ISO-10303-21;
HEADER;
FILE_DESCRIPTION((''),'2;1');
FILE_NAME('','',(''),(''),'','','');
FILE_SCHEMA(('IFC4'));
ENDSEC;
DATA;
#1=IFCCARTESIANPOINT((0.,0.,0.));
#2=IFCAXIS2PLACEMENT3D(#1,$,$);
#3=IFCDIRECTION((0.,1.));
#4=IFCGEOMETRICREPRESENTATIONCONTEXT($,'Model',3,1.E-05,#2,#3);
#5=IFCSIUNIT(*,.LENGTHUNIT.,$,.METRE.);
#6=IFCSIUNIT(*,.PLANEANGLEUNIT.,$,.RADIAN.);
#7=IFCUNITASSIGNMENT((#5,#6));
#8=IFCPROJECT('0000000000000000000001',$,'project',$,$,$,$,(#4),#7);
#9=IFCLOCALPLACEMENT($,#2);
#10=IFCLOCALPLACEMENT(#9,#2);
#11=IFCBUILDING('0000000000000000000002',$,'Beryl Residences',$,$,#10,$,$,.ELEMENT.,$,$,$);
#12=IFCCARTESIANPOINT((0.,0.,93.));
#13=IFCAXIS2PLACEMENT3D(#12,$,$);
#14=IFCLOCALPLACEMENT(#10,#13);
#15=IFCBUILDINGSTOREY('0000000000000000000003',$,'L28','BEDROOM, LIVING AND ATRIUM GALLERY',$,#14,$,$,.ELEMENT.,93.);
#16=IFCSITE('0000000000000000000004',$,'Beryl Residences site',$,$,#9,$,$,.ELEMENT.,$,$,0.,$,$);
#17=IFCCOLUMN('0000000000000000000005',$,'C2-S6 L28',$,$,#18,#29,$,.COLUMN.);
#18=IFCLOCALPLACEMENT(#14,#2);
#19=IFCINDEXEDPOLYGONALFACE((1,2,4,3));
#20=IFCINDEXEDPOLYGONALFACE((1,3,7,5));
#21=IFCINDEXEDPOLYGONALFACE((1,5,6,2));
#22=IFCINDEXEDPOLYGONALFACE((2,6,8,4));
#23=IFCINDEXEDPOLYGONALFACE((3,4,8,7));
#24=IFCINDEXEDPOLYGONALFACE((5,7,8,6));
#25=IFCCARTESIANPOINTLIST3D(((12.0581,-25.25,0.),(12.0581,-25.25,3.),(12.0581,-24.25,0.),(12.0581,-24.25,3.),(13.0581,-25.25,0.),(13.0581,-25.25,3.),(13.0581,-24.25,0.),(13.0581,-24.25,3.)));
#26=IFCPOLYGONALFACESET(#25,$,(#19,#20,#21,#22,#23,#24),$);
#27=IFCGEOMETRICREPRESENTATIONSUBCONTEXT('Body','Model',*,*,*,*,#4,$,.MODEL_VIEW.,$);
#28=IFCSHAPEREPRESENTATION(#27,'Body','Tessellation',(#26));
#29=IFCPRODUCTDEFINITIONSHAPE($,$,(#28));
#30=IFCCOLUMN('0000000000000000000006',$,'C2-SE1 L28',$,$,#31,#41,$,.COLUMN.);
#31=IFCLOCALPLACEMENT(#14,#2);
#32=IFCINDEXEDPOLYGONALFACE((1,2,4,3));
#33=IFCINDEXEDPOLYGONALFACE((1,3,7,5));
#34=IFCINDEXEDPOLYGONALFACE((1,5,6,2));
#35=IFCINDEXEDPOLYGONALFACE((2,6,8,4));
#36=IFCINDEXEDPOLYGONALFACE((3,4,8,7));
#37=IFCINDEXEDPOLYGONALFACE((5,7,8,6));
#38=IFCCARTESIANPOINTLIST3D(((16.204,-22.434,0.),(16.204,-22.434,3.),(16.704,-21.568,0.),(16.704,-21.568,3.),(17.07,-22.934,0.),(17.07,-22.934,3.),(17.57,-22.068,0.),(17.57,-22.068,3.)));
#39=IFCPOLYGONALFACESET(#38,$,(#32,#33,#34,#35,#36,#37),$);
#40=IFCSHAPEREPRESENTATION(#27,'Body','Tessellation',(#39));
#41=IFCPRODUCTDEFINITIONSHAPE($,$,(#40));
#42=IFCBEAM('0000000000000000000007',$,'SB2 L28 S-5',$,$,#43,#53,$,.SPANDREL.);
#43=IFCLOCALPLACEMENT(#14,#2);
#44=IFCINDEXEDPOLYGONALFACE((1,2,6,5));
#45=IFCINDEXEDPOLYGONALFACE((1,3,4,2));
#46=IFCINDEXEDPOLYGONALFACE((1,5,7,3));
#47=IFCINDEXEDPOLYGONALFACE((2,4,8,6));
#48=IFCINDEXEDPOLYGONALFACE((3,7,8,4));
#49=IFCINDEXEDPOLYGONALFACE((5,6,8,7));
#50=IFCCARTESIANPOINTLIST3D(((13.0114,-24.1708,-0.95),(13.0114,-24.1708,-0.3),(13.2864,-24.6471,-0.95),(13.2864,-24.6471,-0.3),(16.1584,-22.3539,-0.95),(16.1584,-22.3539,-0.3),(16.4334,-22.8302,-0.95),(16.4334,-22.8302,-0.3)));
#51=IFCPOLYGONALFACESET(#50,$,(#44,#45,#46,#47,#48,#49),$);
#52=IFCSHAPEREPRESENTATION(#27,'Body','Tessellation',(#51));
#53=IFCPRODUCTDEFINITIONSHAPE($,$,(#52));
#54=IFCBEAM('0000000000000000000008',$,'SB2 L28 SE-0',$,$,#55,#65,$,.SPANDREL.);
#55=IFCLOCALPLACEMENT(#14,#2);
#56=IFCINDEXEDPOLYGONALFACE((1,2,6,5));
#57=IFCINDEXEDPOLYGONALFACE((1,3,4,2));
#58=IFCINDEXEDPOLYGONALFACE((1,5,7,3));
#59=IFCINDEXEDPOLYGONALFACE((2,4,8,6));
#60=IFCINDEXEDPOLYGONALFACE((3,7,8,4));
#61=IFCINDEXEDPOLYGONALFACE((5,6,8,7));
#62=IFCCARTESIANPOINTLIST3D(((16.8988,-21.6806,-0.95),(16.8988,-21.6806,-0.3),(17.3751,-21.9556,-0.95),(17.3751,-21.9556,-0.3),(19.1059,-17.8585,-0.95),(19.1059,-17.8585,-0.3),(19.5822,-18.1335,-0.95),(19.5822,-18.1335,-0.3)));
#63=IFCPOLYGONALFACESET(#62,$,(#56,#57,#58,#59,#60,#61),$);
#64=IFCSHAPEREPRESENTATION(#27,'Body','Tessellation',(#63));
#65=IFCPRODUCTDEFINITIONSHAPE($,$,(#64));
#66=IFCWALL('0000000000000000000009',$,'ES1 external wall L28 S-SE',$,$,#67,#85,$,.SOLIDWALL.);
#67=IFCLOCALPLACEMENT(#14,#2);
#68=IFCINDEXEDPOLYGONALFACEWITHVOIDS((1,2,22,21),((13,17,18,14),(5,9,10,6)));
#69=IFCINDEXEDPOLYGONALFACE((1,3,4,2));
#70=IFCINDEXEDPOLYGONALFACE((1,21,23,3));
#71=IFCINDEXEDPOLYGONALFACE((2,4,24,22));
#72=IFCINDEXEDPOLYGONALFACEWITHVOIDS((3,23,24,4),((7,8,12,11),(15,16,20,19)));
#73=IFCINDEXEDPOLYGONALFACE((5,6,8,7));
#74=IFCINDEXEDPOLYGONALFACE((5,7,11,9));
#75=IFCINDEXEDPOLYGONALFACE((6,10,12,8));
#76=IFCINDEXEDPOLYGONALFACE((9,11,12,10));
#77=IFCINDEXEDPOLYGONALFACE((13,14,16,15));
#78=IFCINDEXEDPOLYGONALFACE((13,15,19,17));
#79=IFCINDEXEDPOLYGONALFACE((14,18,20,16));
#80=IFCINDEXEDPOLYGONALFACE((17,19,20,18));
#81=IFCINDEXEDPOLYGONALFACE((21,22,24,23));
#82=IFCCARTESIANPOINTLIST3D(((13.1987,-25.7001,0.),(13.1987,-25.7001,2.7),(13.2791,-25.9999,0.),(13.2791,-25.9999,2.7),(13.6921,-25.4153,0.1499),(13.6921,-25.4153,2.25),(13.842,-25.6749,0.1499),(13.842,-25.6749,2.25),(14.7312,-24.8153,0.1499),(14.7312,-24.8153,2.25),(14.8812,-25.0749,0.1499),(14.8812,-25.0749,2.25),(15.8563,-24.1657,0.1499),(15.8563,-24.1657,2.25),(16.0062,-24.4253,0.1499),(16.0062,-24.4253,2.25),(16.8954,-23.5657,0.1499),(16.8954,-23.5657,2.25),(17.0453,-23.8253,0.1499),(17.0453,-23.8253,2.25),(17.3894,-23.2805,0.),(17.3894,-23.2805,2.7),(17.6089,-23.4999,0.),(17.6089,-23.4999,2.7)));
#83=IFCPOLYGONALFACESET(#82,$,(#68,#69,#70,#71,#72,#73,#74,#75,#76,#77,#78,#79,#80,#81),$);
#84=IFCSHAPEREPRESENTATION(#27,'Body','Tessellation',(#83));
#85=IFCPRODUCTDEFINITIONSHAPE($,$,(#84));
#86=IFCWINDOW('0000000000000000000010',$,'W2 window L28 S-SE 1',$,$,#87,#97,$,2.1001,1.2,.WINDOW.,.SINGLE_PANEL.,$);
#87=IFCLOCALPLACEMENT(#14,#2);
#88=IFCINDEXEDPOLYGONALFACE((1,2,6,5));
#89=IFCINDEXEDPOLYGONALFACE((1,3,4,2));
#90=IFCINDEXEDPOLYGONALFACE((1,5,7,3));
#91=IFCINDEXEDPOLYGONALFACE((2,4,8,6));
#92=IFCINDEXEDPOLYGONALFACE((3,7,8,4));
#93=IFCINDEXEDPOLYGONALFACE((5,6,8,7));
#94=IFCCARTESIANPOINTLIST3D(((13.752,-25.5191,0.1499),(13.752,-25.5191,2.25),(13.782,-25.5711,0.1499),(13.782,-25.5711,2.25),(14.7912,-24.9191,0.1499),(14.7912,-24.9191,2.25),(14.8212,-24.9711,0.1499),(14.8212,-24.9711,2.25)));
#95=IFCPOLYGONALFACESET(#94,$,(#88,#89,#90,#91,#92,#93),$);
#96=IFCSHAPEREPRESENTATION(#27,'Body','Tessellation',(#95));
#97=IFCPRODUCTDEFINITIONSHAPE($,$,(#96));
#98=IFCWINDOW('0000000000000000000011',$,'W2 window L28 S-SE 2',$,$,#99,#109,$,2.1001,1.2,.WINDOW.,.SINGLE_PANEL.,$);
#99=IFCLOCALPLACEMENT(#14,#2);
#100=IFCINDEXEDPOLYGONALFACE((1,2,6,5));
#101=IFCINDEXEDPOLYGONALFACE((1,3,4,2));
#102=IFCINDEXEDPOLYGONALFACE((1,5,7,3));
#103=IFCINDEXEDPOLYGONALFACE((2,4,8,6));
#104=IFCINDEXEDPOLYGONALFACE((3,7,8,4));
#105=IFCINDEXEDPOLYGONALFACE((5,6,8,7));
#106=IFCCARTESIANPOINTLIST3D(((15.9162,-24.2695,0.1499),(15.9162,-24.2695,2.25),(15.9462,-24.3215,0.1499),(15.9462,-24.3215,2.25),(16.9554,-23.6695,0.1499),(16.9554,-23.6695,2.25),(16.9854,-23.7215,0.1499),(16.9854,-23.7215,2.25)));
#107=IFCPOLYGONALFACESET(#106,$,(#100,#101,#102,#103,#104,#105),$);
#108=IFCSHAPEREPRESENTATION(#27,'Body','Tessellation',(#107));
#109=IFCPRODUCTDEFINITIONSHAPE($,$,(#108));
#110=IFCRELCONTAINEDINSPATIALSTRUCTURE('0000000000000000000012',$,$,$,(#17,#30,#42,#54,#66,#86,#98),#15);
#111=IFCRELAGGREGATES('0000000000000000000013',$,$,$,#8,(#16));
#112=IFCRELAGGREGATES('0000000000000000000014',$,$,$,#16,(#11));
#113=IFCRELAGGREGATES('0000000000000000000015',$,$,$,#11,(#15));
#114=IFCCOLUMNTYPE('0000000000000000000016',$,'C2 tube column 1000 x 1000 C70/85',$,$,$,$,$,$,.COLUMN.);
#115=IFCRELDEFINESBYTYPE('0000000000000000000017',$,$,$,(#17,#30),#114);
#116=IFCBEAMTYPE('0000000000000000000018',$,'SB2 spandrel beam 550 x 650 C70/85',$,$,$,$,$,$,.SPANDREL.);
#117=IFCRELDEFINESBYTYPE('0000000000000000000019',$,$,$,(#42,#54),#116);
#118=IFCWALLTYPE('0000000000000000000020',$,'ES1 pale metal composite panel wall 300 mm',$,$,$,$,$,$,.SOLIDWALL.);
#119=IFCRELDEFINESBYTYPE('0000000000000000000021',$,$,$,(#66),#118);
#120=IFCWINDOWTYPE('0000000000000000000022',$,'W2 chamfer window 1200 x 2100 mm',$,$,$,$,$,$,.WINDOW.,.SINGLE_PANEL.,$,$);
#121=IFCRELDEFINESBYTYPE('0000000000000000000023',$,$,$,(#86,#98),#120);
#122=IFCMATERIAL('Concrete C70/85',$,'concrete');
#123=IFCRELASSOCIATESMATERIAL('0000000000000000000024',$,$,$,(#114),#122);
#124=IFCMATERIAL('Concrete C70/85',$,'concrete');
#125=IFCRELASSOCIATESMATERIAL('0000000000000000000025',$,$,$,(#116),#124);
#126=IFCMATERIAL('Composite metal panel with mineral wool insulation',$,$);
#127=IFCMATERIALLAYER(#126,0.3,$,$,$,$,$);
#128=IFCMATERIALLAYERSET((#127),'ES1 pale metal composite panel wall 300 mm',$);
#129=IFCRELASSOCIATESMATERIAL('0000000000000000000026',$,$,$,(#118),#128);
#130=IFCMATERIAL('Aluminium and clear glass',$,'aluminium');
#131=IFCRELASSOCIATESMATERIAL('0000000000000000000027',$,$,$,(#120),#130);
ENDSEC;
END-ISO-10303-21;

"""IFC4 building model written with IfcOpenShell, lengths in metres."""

from ifc_helpers import new_model, si_unit, direction, frame, frame_2d, origin, origin_2d, place, context, subcontext, project, spatial, polyline, rectangle, outline, extrude, material, layer, layer_set, material_profile, profile_set, type_object, element, fill, save


model = new_model("IFC4")

# Units and contexts
model_context = context("Model", 3, precision=1e-05, world=origin(), true_north=direction((0.0, 1.0)))
body_context = subcontext(model_context, "Body", "Model", "MODEL_VIEW")
ifc_project = project(units=[si_unit("LENGTHUNIT", "METRE"), si_unit("PLANEANGLEUNIT", "RADIAN")], contexts=[model_context])

# Site, building, storey
site_placement = place(None, origin())
site = spatial("IfcSite", under=ifc_project, at=site_placement, Name="Beryl Residences site", CompositionType="ELEMENT", RefElevation=0.0)
building_placement = place(site_placement, origin())
building = spatial("IfcBuilding", under=site, at=building_placement, Name="Beryl Residences", CompositionType="ELEMENT")
storey_placement = place(building_placement, frame((0.0, 0.0, 93.0)))
storey = spatial("IfcBuildingStorey", under=building, at=storey_placement, Name="L28", Description="BEDROOM, LIVING AND ATRIUM GALLERY", CompositionType="ELEMENT", Elevation=93.0)

# Columns
ifc_material_1 = material(Name="Concrete C70/85", Category="concrete")
ifc_material_profile_1 = material_profile(ifc_material_1, rectangle(XDim=1.0, YDim=1.0, at=origin_2d()))
ifc_profile_set_1 = profile_set([ifc_material_profile_1], Name="Concrete C70/85")
column_type = type_object("IfcColumnType", Name="C2 tube column 1000 x 1000 C70/85", PredefinedType="COLUMN", material=ifc_profile_set_1)
for number, where, z_axis, x_axis, name in (
    (1, (12.5581, -24.75, 0.0), (0.0, 0.0, 1.0), (1.0, 0.0, 0.0), "C2-S6 L28"),
    (2, (16.887, -22.251, 0.0), (0.0, 0.0, 1.0), (0.5, 0.866025, 0.0), "C2-SE1 L28"),
):
    element("IfcColumn", number, at=place(storey_placement, frame(where, z_axis=z_axis, x_axis=x_axis)), inside=storey, type_object=column_type, Name=name, PredefinedType="COLUMN", context=body_context, shape_type="SweptSolid", body=[
        extrude(rectangle(XDim=1.0, YDim=1.0, at=origin_2d()), origin(), (0.0, 0.0, 1.0), 3.0),
    ])

# Beams
ifc_material_2 = material(Name="Concrete C70/85", Category="concrete")
ifc_material_profile_2 = material_profile(ifc_material_2, rectangle(XDim=0.55, YDim=0.6499, at=origin_2d()))
ifc_profile_set_2 = profile_set([ifc_material_profile_2], Name="Concrete C70/85")
beam_type = type_object("IfcBeamType", Name="SB2 spandrel beam 550 x 650 C70/85", PredefinedType="SPANDREL", material=ifc_profile_set_2)
beam_1_placement = place(storey_placement, frame((13.1489, -24.4089, -0.625), z_axis=(0.866027, 0.499998, 0.0), x_axis=(-0.499998, 0.866027, 0.0)))
element("IfcBeam", 3, at=beam_1_placement, inside=storey, type_object=beam_type, Name="SB2 L28 S-5", PredefinedType="SPANDREL", context=body_context, shape_type="SweptSolid", body=[
    extrude(rectangle(XDim=0.55, YDim=0.6499, at=origin_2d()), origin(), (0.0, 0.0, 1.0), 3.6338),
])
beam_2_placement = place(storey_placement, frame((17.137, -21.8181, -0.625), z_axis=(0.500066, 0.865988, 0.0), x_axis=(-0.865988, 0.500066, 0.0)))
element("IfcBeam", 4, at=beam_2_placement, inside=storey, type_object=beam_type, Name="SB2 L28 SE-0", PredefinedType="SPANDREL", context=body_context, shape_type="SweptSolid", body=[
    extrude(rectangle(XDim=0.55, YDim=0.6499, at=origin_2d()), origin(), (0.0, 0.0, 1.0), 4.4136),
])

# Wall, openings, windows
ifc_material_3 = material(Name="Composite metal panel with mineral wool insulation")
ifc_layer_1 = layer(ifc_material_3, 0.3)
ifc_layer_set_1 = layer_set([ifc_layer_1], Name="ES1 pale metal composite panel wall 300 mm")
wall_type_1 = type_object("IfcWallType", Name="ES1 pale metal composite panel wall 300 mm", PredefinedType="SOLIDWALL", material=ifc_layer_set_1)
wall_1_placement = place(storey_placement, frame((13.2041, -25.8701, 0.0), z_axis=(0.0, 0.0, 1.0), x_axis=(0.866011, 0.500025, 0.0)))
wall_1 = element("IfcWall", 5, at=wall_1_placement, inside=storey, type_object=wall_type_1, Name="ES1 external wall L28 S-SE", PredefinedType="SOLIDWALL", context=body_context, shape_type="SweptSolid", body=[
    extrude(outline(polyline([(0.0, -0.1499), (4.9998, -0.1499), (4.9194, 0.1499), (0.0803, 0.1499), (0.0, -0.1499)])), origin(), (0.0, 0.0, 1.0), 2.7),
])
opening_1_placement = place(wall_1_placement, frame((0.6499, 0.0, 0.1499)))
opening_1 = element("IfcOpeningElement", 6, at=opening_1_placement, cuts=wall_1, PredefinedType="OPENING", context=body_context, shape_type="SweptSolid", body=[
    extrude(rectangle(XDim=1.2, YDim=2.1001, at=frame_2d((0.6001, 1.05))), frame((0.0, 0.1599, 0.0), z_axis=(0.0, -1.0, 0.0), x_axis=(1.0, 0.0, 0.0)), (0.0, 0.0, 1.0), 0.3201),
])
opening_2_placement = place(wall_1_placement, frame((3.1489, 0.0, 0.1499)))
opening_2 = element("IfcOpeningElement", 7, at=opening_2_placement, cuts=wall_1, PredefinedType="OPENING", context=body_context, shape_type="SweptSolid", body=[
    extrude(rectangle(XDim=1.2, YDim=2.1001, at=frame_2d((0.6001, 1.05))), frame((0.0, 0.1599, 0.0), z_axis=(0.0, -1.0, 0.0), x_axis=(1.0, 0.0, 0.0)), (0.0, 0.0, 1.0), 0.3201),
])
ifc_material_4 = material(Name="Aluminium and clear glass", Category="aluminium")
window_type_1 = type_object("IfcWindowType", Name="W2 chamfer window 1200 x 2100 mm", PartitioningType="SINGLE_PANEL", PredefinedType="WINDOW", material=ifc_material_4)
window_1_placement = place(opening_1_placement, origin())
window_1 = element("IfcWindow", 8, at=window_1_placement, inside=storey, type_object=window_type_1, Name="W2 window L28 S-SE 1", OverallHeight=2.1001, OverallWidth=1.2, PartitioningType="SINGLE_PANEL", PredefinedType="WINDOW", context=body_context, shape_type="SweptSolid", body=[
    extrude(rectangle(XDim=1.2, YDim=2.1001, at=frame_2d((0.6001, 1.05))), frame((0.0, 0.03, 0.0), z_axis=(0.0, -1.0, 0.0), x_axis=(1.0, 0.0, 0.0)), (0.0, 0.0, 1.0), 0.0601),
])
fill(opening_1, window_1)
window_2_placement = place(opening_2_placement, origin())
window_2 = element("IfcWindow", 9, at=window_2_placement, inside=storey, type_object=window_type_1, Name="W2 window L28 S-SE 2", OverallHeight=2.1001, OverallWidth=1.2, PartitioningType="SINGLE_PANEL", PredefinedType="WINDOW", context=body_context, shape_type="SweptSolid", body=[
    extrude(rectangle(XDim=1.2, YDim=2.1001, at=frame_2d((0.6001, 1.05))), frame((0.0, 0.03, 0.0), z_axis=(0.0, -1.0, 0.0), x_axis=(1.0, 0.0, 0.0)), (0.0, 0.0, 1.0), 0.0601),
])
fill(opening_2, window_2)

save(model, "model.ifc")
